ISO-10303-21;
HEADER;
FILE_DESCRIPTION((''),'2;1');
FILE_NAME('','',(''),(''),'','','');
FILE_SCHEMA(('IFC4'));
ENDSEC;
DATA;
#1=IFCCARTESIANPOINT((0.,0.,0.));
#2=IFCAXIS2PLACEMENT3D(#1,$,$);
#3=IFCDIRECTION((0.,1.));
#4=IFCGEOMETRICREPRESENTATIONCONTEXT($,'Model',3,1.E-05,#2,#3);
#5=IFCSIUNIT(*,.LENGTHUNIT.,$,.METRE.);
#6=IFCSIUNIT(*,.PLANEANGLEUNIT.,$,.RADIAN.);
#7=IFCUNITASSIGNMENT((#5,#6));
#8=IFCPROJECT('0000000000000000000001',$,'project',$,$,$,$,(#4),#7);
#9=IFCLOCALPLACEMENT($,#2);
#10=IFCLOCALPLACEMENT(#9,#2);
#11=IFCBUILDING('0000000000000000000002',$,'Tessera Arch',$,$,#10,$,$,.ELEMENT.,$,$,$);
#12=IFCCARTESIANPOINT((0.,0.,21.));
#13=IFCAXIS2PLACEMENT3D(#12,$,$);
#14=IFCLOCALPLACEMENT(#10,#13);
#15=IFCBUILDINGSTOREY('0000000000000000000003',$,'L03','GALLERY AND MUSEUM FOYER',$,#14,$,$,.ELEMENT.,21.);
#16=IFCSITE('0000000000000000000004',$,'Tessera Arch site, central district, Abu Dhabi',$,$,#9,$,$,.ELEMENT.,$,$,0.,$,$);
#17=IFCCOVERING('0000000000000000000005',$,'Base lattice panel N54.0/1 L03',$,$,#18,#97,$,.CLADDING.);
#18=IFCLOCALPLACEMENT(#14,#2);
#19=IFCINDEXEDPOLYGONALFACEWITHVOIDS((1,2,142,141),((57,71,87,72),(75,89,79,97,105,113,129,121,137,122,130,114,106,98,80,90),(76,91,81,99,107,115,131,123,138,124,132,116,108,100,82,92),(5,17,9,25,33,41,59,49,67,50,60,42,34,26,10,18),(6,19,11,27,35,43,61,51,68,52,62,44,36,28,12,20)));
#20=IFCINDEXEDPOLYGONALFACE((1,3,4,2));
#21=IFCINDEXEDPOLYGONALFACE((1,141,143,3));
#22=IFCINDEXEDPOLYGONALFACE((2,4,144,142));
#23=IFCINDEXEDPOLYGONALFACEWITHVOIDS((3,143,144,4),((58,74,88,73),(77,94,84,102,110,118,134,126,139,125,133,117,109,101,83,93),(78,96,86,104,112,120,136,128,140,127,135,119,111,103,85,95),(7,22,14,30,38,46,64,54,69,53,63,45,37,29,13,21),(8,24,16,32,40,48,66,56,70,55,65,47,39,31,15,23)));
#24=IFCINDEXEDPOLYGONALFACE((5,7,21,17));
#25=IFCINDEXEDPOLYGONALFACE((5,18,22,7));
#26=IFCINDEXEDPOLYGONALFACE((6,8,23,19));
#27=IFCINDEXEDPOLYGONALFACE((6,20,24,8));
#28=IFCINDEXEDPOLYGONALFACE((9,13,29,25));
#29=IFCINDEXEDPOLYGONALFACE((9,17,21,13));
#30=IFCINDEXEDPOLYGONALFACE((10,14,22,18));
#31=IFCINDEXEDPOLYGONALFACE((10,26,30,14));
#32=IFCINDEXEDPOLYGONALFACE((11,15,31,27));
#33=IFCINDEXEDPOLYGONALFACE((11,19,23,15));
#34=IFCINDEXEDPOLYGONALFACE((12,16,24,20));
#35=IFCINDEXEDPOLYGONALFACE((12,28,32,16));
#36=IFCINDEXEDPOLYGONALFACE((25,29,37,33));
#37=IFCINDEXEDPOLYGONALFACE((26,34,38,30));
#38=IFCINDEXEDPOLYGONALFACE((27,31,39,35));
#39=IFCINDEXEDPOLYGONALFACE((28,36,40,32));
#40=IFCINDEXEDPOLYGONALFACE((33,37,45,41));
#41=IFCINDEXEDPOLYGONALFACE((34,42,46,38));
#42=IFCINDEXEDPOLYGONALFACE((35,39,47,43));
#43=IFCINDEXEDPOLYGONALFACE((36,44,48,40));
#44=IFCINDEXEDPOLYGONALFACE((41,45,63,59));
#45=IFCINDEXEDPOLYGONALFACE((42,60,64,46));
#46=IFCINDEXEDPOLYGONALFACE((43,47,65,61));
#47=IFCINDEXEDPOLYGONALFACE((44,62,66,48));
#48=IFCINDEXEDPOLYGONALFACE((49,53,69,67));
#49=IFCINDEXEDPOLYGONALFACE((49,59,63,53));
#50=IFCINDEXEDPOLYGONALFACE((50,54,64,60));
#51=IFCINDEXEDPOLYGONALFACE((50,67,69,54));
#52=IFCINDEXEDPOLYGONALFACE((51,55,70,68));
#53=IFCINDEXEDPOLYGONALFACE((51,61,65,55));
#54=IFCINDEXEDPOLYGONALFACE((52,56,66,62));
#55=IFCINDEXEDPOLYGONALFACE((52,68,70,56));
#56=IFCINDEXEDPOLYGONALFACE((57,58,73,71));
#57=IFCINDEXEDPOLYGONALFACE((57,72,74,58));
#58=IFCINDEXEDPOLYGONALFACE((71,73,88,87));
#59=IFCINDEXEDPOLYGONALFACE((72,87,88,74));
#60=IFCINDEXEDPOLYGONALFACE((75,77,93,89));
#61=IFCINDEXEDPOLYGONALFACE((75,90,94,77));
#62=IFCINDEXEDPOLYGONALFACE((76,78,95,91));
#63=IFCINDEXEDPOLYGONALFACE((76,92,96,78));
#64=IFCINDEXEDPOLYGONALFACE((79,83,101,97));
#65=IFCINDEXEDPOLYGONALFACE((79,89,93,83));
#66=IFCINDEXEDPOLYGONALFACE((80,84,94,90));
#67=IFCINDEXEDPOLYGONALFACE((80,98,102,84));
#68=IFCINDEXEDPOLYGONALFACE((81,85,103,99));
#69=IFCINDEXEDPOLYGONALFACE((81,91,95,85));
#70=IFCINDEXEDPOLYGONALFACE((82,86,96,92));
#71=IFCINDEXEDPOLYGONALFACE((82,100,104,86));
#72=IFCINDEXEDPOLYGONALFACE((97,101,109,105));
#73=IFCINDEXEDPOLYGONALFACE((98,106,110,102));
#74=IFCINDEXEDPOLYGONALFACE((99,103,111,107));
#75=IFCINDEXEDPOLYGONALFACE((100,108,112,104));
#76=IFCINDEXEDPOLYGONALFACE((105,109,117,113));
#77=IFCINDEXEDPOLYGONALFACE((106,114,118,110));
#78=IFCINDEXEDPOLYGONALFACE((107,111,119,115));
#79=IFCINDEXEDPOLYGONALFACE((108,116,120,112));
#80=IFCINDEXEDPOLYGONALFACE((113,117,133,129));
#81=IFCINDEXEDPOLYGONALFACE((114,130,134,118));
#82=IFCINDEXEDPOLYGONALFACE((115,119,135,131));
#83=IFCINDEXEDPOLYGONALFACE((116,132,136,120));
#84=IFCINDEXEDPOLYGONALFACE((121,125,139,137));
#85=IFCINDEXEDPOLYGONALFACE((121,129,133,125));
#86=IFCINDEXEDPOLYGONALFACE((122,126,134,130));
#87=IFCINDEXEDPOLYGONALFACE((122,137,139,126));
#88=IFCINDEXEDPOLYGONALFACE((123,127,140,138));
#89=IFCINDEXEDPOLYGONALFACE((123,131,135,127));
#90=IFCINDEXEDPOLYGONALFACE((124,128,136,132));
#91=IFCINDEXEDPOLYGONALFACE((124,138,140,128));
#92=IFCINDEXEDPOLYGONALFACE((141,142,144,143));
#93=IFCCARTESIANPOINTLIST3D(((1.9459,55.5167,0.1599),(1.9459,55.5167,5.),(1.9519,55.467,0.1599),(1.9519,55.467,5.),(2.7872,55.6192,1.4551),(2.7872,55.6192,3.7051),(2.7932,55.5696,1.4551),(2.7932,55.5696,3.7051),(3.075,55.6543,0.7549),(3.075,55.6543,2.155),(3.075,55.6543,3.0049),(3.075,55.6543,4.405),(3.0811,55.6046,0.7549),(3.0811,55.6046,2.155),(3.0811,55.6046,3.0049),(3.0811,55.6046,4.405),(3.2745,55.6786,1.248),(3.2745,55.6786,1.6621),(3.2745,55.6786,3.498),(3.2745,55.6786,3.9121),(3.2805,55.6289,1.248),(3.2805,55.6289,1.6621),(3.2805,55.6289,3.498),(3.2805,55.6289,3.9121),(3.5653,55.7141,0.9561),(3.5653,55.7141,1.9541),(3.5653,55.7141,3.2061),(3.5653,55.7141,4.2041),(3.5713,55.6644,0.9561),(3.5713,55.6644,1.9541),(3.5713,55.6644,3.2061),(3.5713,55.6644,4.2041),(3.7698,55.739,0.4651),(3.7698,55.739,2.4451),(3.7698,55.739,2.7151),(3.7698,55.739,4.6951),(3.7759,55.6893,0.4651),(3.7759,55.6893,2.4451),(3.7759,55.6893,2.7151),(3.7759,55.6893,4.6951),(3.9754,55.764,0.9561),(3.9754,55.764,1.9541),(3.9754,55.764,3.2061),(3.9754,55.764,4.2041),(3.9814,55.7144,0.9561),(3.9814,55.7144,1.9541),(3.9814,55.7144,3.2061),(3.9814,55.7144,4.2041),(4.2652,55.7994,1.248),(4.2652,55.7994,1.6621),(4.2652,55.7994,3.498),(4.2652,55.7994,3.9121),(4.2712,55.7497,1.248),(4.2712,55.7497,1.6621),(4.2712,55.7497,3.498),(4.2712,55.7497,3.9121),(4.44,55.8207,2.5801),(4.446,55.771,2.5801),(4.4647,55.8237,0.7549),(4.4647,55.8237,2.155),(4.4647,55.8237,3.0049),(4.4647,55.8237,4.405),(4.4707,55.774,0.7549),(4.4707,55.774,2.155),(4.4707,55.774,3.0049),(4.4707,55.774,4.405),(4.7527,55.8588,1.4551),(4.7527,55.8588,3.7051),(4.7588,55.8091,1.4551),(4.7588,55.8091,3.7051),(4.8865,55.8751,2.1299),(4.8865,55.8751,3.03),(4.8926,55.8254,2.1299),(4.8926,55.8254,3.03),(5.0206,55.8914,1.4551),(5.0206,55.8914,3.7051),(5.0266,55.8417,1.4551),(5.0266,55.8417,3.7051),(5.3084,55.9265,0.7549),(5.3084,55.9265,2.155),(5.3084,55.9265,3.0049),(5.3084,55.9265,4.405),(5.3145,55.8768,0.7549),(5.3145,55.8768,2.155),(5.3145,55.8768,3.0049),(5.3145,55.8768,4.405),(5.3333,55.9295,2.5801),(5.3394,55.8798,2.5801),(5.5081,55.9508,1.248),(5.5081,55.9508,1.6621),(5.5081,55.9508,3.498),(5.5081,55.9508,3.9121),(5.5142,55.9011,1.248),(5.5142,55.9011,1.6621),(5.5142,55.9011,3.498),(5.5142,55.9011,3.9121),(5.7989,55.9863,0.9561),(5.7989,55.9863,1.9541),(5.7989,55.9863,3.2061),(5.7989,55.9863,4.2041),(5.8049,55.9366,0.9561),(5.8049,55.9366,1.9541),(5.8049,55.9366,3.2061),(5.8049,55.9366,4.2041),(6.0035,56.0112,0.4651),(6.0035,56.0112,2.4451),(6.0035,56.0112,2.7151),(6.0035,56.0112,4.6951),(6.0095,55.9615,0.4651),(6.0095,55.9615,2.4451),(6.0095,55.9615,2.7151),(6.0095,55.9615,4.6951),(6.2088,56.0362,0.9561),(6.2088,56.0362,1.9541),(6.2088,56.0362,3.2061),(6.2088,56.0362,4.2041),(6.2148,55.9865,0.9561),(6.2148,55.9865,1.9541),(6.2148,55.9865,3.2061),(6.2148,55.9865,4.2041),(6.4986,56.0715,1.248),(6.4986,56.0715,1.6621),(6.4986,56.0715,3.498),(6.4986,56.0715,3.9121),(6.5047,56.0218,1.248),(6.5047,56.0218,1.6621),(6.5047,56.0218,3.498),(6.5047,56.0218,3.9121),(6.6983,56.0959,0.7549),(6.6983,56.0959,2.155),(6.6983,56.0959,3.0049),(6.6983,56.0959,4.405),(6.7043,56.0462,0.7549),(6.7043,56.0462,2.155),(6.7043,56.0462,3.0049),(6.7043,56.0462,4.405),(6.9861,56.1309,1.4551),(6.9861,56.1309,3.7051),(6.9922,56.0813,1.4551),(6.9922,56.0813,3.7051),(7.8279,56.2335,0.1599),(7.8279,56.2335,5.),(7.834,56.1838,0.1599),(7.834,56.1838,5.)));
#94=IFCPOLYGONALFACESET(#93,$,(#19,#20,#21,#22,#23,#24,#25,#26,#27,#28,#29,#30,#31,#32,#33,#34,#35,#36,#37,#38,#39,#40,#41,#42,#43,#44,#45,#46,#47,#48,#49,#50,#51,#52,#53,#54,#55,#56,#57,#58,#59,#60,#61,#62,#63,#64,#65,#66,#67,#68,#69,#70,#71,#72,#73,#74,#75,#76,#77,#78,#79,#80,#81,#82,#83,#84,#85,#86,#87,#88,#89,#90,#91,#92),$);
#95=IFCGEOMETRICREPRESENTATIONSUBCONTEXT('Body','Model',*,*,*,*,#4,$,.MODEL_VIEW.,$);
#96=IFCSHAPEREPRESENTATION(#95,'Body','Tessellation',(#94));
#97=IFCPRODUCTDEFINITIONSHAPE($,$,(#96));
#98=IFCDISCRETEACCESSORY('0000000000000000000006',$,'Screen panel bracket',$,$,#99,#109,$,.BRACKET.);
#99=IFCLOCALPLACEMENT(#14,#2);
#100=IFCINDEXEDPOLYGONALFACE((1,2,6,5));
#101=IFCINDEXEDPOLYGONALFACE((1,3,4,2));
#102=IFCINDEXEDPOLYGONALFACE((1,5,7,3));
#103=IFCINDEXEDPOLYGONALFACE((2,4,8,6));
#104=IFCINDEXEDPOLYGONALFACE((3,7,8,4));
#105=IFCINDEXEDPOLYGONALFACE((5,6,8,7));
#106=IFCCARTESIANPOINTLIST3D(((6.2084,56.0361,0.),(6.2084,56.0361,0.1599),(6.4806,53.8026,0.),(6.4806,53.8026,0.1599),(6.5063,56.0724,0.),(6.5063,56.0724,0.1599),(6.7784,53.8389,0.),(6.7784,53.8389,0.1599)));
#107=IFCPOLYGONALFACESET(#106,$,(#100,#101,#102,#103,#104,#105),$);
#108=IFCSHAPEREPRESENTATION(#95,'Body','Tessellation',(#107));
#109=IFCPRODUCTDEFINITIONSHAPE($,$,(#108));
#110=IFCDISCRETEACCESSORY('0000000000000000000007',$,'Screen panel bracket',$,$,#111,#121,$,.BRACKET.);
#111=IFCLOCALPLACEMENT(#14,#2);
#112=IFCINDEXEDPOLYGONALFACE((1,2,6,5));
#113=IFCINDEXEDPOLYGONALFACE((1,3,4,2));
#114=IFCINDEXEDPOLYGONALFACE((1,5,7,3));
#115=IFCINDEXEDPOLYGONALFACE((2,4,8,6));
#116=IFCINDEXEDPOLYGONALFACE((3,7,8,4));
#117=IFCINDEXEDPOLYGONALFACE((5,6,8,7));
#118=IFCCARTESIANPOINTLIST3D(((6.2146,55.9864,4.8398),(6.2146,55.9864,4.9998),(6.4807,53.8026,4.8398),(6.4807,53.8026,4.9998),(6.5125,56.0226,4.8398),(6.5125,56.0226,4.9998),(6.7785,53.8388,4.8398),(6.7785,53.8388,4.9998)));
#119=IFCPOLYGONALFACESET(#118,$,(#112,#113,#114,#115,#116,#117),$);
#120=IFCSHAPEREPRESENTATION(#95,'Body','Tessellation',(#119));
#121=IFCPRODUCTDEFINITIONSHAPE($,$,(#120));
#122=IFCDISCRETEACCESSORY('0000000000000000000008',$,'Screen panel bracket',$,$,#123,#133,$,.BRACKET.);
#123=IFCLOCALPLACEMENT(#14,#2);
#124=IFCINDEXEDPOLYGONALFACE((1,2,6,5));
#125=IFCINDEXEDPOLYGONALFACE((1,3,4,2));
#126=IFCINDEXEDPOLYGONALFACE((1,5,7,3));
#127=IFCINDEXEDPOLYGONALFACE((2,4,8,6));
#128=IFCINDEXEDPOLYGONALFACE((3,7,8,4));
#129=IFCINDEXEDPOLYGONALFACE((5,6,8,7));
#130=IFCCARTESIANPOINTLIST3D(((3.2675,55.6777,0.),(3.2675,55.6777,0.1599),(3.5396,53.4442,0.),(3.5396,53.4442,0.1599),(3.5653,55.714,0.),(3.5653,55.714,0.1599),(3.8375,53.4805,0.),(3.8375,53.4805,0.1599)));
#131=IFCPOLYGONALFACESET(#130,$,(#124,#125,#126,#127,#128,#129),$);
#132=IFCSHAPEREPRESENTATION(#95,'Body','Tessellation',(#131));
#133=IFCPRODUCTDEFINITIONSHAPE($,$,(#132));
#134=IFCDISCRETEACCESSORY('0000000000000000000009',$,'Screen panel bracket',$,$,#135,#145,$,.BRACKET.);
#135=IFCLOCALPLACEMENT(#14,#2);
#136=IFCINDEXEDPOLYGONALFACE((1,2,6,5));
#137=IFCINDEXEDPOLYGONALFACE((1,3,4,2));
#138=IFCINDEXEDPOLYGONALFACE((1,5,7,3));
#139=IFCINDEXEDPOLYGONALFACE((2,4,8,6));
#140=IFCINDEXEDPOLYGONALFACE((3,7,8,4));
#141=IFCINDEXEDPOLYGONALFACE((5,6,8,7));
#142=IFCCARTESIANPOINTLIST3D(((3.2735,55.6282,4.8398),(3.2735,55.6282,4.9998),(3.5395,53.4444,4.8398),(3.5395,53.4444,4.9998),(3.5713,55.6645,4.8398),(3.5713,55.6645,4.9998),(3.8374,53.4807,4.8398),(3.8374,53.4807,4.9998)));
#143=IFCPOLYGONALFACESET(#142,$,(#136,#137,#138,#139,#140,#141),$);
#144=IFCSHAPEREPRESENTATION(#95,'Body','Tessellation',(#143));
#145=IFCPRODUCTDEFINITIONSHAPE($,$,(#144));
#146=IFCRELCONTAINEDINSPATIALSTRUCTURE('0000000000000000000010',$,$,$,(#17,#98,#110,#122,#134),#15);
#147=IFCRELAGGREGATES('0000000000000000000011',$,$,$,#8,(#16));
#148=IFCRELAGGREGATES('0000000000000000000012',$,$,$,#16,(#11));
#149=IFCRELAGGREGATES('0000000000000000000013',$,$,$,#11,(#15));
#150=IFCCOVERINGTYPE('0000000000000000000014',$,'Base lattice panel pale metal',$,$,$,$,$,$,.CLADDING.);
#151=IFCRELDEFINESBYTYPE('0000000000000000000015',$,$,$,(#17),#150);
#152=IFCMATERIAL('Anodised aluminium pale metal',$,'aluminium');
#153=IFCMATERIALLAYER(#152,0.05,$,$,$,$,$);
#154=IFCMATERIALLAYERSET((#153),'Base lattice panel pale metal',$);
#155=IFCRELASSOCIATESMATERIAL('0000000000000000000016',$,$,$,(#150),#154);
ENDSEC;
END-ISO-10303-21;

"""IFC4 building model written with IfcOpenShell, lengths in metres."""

from ifc_helpers import new_model, si_unit, direction, frame, origin, origin_2d, place, context, subcontext, project, spatial, polyline, rectangle, outline, extrude, material, layer, layer_set, type_object, element, save


model = new_model("IFC4")

# Units and contexts
model_context = context("Model", 3, precision=1e-05, world=origin(), true_north=direction((0.0, 1.0)))
body_context = subcontext(model_context, "Body", "Model", "MODEL_VIEW")
ifc_project = project(units=[si_unit("LENGTHUNIT", "METRE"), si_unit("PLANEANGLEUNIT", "RADIAN")], contexts=[model_context])

# Site, building, storey
site_placement = place(None, origin())
site = spatial("IfcSite", under=ifc_project, at=site_placement, Name="Tessera Arch site, central district, Abu Dhabi", CompositionType="ELEMENT", RefElevation=0.0)
building_placement = place(site_placement, origin())
building = spatial("IfcBuilding", under=site, at=building_placement, Name="Tessera Arch", CompositionType="ELEMENT")
storey_placement = place(building_placement, frame((0.0, 0.0, 21.0)))
storey = spatial("IfcBuildingStorey", under=building, at=storey_placement, Name="L03", Description="GALLERY AND MUSEUM FOYER", CompositionType="ELEMENT", Elevation=21.0)

# Covering
ifc_material_1 = material(Name="Anodised aluminium pale metal", Category="aluminium")
ifc_layer_1 = layer(ifc_material_1, 0.05)
ifc_layer_set_1 = layer_set([ifc_layer_1], Name="Base lattice panel pale metal")
covering_type = type_object("IfcCoveringType", Name="Base lattice panel pale metal", PredefinedType="CLADDING", material=ifc_layer_set_1)
covering_placement = place(storey_placement, frame((7.834, 56.1838, 5.0), z_axis=(0.120966, -0.992657, 0.0), x_axis=(-0.992657, -0.120966, 0.0)))
element("IfcCovering", 1, at=covering_placement, inside=storey, type_object=covering_type, Name="Base lattice panel N54.0/1 L03", PredefinedType="CLADDING", context=body_context, shape_type="SweptSolid", body=[
    extrude(outline(polyline([(0.0, 0.0), (5.9256, 0.0), (5.9256, 4.8401), (0.0, 4.8401), (0.0, 0.0)]), holes=[polyline([(2.8281, 3.5449), (2.337, 3.3379), (2.5382, 2.845), (2.0441, 3.0459), (1.838, 2.5549), (1.6311, 3.0459), (1.138, 2.845), (1.3392, 3.3379), (0.848, 3.5449), (1.3392, 3.752), (1.138, 4.2451), (1.6311, 4.0439), (1.838, 4.5349), (2.0441, 4.0439), (2.5382, 4.2451), (2.337, 3.752), (2.8281, 3.5449)]), polyline([(2.8281, 1.2949), (2.337, 1.0879), (2.5382, 0.595), (2.0441, 0.7959), (1.838, 0.3049), (1.6311, 0.7959), (1.138, 0.595), (1.3392, 1.0879), (0.848, 1.2949), (1.3392, 1.502), (1.138, 1.9951), (1.6311, 1.7939), (1.838, 2.2849), (2.0441, 1.7939), (2.5382, 1.9951), (2.337, 1.502), (2.8281, 1.2949)]), polyline([(5.0781, 3.5449), (4.5872, 3.3379), (4.7881, 2.845), (4.2942, 3.0459), (4.0881, 2.5549), (3.881, 3.0459), (3.3881, 2.845), (3.5891, 3.3379), (3.0979, 3.5449), (3.5891, 3.752), (3.3881, 4.2451), (3.881, 4.0439), (4.0881, 4.5349), (4.2942, 4.0439), (4.7881, 4.2451), (4.5872, 3.752), (5.0781, 3.5449)]), polyline([(5.0781, 1.2949), (4.5872, 1.0879), (4.7881, 0.595), (4.2942, 0.7959), (4.0881, 0.3049), (3.881, 0.7959), (3.3881, 0.595), (3.5891, 1.0879), (3.0979, 1.2949), (3.5891, 1.502), (3.3881, 1.9951), (3.881, 1.7939), (4.0881, 2.2849), (4.2942, 1.7939), (4.7881, 1.9951), (4.5872, 1.502), (5.0781, 1.2949)]), polyline([(3.413, 2.4199), (2.9632, 1.97), (2.5131, 2.4199), (2.9632, 2.8701), (3.413, 2.4199)])]), origin(), (0.0, 0.0, -1.0), 0.05),
])

# Discrete accessories
discrete_accessory_1_placement = place(storey_placement, frame((6.4934, 54.9375, 0.0), z_axis=(0.0, 0.0, 1.0), x_axis=(-0.120951, 0.992658, 0.0)))
element("IfcDiscreteAccessory", 2, at=discrete_accessory_1_placement, inside=storey, Name="Screen panel bracket", PredefinedType="BRACKET", context=body_context, shape_type="SweptSolid", body=[
    extrude(rectangle(XDim=2.25, YDim=0.3, at=origin_2d()), origin(), (0.0, 0.0, 1.0), 0.1599),
])
discrete_accessory_2_placement = place(storey_placement, frame((6.4966, 54.9126, 4.8398), z_axis=(0.0, 0.0, 1.0), x_axis=(-0.120951, 0.992658, 0.0)))
element("IfcDiscreteAccessory", 3, at=discrete_accessory_2_placement, inside=storey, Name="Screen panel bracket", PredefinedType="BRACKET", context=body_context, shape_type="SweptSolid", body=[
    extrude(rectangle(XDim=2.2, YDim=0.3, at=origin_2d()), origin(), (0.0, 0.0, 1.0), 0.1599),
])
discrete_accessory_3_placement = place(storey_placement, frame((3.5525, 54.5791, 0.0), z_axis=(0.0, 0.0, 1.0), x_axis=(-0.120951, 0.992658, 0.0)))
element("IfcDiscreteAccessory", 4, at=discrete_accessory_3_placement, inside=storey, Name="Screen panel bracket", PredefinedType="BRACKET", context=body_context, shape_type="SweptSolid", body=[
    extrude(rectangle(XDim=2.25, YDim=0.3, at=origin_2d()), origin(), (0.0, 0.0, 1.0), 0.1599),
])
discrete_accessory_4_placement = place(storey_placement, frame((3.5554, 54.5544, 4.8398), z_axis=(0.0, 0.0, 1.0), x_axis=(-0.120951, 0.992658, 0.0)))
element("IfcDiscreteAccessory", 5, at=discrete_accessory_4_placement, inside=storey, Name="Screen panel bracket", PredefinedType="BRACKET", context=body_context, shape_type="SweptSolid", body=[
    extrude(rectangle(XDim=2.2, YDim=0.3, at=origin_2d()), origin(), (0.0, 0.0, 1.0), 0.1599),
])

save(model, "model.ifc")
